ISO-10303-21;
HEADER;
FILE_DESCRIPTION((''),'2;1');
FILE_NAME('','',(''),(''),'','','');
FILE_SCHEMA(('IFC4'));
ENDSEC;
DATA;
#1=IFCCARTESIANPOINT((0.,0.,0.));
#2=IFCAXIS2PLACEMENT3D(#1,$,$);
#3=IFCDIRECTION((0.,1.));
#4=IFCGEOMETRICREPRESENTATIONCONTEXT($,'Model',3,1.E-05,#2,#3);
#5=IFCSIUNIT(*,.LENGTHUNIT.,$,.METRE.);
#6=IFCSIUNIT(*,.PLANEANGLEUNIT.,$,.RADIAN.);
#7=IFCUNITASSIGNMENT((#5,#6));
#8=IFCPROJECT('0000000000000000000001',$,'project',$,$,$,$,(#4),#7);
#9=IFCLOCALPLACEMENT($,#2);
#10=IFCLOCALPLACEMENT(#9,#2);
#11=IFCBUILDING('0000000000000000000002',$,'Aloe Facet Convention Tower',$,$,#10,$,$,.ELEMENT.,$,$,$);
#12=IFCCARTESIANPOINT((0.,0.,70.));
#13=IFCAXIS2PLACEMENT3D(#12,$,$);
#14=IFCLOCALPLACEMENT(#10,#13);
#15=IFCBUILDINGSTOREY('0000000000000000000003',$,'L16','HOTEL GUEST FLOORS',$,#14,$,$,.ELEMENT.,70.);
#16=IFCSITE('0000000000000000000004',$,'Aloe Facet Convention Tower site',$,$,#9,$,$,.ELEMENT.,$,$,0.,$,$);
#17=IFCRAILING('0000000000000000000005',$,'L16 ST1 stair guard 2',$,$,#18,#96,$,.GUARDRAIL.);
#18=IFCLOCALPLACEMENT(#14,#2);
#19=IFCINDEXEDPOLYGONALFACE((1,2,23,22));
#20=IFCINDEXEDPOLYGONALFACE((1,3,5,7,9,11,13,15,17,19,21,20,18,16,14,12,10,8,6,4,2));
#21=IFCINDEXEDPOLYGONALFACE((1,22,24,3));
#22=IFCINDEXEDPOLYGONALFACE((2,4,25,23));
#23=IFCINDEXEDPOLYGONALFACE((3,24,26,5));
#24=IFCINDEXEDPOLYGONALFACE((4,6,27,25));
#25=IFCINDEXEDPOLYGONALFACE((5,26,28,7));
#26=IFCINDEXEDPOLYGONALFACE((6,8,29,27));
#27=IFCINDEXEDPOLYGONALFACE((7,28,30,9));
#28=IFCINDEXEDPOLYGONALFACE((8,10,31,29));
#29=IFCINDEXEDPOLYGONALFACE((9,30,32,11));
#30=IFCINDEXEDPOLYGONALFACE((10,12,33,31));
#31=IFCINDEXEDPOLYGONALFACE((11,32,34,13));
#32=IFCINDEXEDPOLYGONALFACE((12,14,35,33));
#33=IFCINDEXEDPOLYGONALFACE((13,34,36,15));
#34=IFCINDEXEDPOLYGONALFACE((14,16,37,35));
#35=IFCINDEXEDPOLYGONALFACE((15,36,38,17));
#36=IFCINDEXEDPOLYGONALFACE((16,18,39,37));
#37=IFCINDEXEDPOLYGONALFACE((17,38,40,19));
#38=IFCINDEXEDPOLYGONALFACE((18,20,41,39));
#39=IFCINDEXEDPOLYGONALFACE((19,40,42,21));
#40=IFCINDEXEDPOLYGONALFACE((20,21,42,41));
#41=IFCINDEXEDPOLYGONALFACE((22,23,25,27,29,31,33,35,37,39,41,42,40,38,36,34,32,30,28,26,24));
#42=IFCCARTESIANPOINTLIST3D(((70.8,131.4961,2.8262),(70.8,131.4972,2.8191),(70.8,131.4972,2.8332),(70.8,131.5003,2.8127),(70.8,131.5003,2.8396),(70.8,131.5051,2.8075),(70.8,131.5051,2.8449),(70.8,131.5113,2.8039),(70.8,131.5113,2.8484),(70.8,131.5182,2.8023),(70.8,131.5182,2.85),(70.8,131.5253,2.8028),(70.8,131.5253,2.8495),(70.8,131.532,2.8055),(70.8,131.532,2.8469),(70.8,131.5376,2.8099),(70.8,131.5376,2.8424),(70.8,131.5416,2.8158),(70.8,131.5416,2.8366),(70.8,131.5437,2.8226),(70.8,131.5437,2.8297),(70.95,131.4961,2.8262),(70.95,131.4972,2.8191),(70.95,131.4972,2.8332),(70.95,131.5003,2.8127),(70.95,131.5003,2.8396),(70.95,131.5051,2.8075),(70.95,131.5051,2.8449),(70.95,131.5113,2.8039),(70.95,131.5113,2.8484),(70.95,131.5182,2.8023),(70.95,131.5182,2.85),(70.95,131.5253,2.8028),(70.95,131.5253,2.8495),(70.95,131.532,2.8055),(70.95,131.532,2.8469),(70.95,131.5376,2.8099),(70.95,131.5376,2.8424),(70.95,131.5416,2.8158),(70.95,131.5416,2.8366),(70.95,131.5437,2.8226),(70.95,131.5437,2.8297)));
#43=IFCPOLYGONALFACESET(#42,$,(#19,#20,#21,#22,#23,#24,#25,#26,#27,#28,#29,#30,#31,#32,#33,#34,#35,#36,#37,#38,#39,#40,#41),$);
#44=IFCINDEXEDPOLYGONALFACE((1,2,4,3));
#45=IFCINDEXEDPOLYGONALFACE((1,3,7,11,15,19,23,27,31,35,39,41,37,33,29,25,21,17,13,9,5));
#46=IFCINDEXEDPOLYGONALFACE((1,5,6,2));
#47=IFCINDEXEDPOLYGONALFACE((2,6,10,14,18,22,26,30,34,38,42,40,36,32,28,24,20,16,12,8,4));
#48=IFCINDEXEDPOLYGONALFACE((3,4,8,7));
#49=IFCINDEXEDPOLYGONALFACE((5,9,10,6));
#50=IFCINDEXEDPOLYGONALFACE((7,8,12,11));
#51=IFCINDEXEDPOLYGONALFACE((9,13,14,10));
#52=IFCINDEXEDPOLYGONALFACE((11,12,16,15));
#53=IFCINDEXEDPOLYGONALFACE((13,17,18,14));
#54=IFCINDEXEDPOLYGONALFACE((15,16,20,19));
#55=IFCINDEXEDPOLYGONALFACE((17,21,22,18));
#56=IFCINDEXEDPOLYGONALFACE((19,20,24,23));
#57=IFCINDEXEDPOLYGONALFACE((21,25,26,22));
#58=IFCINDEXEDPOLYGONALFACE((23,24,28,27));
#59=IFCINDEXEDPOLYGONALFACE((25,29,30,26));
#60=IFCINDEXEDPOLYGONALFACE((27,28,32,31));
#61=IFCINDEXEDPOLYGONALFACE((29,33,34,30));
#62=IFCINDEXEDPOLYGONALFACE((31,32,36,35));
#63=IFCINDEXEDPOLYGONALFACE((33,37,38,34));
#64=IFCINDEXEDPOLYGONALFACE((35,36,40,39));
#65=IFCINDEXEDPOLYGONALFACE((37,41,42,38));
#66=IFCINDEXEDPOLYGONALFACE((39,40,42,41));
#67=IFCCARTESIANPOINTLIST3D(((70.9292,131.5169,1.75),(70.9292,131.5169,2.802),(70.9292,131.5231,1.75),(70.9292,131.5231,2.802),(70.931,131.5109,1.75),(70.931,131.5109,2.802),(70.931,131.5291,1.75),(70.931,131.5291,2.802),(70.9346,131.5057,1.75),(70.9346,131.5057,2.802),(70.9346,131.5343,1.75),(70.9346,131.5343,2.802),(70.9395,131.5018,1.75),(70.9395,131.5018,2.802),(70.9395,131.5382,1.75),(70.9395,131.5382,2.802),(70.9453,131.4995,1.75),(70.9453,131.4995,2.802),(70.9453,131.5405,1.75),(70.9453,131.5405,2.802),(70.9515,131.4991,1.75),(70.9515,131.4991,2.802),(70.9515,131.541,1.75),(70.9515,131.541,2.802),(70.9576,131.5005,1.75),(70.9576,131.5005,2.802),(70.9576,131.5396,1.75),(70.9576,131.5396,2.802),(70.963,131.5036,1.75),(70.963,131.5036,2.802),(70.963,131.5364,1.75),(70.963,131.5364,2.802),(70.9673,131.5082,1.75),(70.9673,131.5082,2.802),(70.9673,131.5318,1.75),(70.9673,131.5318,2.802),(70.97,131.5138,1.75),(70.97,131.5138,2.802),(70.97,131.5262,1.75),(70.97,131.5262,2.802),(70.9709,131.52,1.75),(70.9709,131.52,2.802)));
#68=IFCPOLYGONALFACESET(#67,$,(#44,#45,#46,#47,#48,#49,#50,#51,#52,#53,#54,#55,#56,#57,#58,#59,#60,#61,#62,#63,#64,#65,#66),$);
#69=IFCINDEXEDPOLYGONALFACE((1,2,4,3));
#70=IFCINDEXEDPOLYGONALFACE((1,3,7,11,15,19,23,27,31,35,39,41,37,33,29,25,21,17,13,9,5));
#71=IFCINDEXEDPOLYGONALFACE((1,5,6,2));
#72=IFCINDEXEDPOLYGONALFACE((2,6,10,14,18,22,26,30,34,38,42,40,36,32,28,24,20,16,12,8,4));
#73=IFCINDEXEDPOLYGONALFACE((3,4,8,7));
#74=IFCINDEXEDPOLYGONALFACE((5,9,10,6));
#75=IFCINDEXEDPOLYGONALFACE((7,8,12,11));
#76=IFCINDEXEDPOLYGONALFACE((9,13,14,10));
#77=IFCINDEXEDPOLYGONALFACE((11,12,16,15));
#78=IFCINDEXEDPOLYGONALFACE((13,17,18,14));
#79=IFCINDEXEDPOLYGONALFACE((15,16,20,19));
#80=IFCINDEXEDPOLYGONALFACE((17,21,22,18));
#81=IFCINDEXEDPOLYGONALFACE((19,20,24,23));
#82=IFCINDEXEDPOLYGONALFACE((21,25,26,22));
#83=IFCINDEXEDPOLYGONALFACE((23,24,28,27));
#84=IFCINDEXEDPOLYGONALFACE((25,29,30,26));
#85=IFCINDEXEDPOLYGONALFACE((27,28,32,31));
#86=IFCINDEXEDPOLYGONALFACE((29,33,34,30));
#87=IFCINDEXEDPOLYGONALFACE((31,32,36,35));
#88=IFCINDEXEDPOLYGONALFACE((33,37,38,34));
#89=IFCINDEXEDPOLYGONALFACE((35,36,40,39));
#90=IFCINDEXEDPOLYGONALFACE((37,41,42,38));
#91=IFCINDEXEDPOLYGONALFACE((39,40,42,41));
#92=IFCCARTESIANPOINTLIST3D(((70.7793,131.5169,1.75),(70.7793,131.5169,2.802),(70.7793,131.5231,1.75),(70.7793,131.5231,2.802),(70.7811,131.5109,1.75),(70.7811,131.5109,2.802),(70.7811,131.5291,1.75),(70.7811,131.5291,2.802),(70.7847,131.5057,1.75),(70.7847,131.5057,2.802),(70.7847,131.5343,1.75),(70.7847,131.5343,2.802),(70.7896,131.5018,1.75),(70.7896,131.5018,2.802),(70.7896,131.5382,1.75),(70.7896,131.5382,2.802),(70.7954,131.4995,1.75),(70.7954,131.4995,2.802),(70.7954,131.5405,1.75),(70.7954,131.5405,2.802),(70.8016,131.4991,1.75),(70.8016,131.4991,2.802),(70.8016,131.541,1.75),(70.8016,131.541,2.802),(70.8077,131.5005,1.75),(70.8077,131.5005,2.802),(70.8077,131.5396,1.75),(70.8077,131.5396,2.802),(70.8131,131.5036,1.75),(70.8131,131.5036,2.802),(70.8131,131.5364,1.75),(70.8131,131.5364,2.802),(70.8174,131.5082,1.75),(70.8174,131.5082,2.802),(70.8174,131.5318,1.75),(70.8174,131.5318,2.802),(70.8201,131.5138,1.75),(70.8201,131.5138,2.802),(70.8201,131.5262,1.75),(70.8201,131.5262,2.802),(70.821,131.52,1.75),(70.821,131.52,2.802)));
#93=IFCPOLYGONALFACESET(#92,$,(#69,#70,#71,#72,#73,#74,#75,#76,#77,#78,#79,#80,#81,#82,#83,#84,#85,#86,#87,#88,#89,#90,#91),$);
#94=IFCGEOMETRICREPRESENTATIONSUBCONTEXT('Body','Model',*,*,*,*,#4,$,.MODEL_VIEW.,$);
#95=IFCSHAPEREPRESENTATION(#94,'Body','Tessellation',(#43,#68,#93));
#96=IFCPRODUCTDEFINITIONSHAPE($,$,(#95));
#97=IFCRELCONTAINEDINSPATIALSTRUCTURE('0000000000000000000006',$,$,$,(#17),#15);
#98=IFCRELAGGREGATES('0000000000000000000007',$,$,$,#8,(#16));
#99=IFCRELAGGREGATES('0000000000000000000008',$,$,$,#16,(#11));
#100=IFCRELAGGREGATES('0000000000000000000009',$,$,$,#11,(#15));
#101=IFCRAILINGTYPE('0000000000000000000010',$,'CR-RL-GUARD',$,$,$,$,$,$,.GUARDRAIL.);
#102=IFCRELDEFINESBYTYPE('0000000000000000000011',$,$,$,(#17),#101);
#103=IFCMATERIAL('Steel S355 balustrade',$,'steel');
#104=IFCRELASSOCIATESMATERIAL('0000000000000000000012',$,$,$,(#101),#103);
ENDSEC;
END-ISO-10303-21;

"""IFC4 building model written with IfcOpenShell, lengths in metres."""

from ifc_helpers import new_model, si_unit, direction, frame, origin, origin_2d, place, context, subcontext, project, spatial, circle, extrude, material, type_object, element, save


model = new_model("IFC4")

# Units and contexts
model_context = context("Model", 3, precision=1e-05, world=origin(), true_north=direction((0.0, 1.0)))
body_context = subcontext(model_context, "Body", "Model", "MODEL_VIEW")
ifc_project = project(units=[si_unit("LENGTHUNIT", "METRE"), si_unit("PLANEANGLEUNIT", "RADIAN")], contexts=[model_context])

# Site, building, storey
site_placement = place(None, origin())
site = spatial("IfcSite", under=ifc_project, at=site_placement, Name="Aloe Facet Convention Tower site", CompositionType="ELEMENT", RefElevation=0.0)
building_placement = place(site_placement, origin())
building = spatial("IfcBuilding", under=site, at=building_placement, Name="Aloe Facet Convention Tower", CompositionType="ELEMENT")
storey_placement = place(building_placement, frame((0.0, 0.0, 70.0)))
storey = spatial("IfcBuildingStorey", under=building, at=storey_placement, Name="L16", Description="HOTEL GUEST FLOORS", CompositionType="ELEMENT", Elevation=70.0)

# Railing
ifc_material_1 = material(Name="Steel S355 balustrade", Category="steel")
railing_type_1 = type_object("IfcRailingType", Name="CR-RL-GUARD", PredefinedType="GUARDRAIL", material=ifc_material_1)
railing_1_placement = place(storey_placement, frame((70.95, 131.52, 1.75)))
element("IfcRailing", 1, at=railing_1_placement, inside=storey, type_object=railing_type_1, Name="L16 ST1 stair guard 2", PredefinedType="GUARDRAIL", context=body_context, shape_type="SweptSolid", body=[
    extrude(circle(Radius=0.0239, at=origin_2d()), frame((0.0, 0.0, 1.0762), z_axis=(-1.0, 0.0, 0.0), x_axis=(0.0, -1.0, 0.0)), (0.0, 0.0, 1.0), 0.1499),
    extrude(circle(Radius=0.021, at=origin_2d()), origin(), (0.0, 0.0, 1.0), 1.052),
    extrude(circle(Radius=0.021, at=origin_2d()), frame((-0.1499, 0.0, 0.0)), (0.0, 0.0, 1.0), 1.052),
])

save(model, "model.ifc")
